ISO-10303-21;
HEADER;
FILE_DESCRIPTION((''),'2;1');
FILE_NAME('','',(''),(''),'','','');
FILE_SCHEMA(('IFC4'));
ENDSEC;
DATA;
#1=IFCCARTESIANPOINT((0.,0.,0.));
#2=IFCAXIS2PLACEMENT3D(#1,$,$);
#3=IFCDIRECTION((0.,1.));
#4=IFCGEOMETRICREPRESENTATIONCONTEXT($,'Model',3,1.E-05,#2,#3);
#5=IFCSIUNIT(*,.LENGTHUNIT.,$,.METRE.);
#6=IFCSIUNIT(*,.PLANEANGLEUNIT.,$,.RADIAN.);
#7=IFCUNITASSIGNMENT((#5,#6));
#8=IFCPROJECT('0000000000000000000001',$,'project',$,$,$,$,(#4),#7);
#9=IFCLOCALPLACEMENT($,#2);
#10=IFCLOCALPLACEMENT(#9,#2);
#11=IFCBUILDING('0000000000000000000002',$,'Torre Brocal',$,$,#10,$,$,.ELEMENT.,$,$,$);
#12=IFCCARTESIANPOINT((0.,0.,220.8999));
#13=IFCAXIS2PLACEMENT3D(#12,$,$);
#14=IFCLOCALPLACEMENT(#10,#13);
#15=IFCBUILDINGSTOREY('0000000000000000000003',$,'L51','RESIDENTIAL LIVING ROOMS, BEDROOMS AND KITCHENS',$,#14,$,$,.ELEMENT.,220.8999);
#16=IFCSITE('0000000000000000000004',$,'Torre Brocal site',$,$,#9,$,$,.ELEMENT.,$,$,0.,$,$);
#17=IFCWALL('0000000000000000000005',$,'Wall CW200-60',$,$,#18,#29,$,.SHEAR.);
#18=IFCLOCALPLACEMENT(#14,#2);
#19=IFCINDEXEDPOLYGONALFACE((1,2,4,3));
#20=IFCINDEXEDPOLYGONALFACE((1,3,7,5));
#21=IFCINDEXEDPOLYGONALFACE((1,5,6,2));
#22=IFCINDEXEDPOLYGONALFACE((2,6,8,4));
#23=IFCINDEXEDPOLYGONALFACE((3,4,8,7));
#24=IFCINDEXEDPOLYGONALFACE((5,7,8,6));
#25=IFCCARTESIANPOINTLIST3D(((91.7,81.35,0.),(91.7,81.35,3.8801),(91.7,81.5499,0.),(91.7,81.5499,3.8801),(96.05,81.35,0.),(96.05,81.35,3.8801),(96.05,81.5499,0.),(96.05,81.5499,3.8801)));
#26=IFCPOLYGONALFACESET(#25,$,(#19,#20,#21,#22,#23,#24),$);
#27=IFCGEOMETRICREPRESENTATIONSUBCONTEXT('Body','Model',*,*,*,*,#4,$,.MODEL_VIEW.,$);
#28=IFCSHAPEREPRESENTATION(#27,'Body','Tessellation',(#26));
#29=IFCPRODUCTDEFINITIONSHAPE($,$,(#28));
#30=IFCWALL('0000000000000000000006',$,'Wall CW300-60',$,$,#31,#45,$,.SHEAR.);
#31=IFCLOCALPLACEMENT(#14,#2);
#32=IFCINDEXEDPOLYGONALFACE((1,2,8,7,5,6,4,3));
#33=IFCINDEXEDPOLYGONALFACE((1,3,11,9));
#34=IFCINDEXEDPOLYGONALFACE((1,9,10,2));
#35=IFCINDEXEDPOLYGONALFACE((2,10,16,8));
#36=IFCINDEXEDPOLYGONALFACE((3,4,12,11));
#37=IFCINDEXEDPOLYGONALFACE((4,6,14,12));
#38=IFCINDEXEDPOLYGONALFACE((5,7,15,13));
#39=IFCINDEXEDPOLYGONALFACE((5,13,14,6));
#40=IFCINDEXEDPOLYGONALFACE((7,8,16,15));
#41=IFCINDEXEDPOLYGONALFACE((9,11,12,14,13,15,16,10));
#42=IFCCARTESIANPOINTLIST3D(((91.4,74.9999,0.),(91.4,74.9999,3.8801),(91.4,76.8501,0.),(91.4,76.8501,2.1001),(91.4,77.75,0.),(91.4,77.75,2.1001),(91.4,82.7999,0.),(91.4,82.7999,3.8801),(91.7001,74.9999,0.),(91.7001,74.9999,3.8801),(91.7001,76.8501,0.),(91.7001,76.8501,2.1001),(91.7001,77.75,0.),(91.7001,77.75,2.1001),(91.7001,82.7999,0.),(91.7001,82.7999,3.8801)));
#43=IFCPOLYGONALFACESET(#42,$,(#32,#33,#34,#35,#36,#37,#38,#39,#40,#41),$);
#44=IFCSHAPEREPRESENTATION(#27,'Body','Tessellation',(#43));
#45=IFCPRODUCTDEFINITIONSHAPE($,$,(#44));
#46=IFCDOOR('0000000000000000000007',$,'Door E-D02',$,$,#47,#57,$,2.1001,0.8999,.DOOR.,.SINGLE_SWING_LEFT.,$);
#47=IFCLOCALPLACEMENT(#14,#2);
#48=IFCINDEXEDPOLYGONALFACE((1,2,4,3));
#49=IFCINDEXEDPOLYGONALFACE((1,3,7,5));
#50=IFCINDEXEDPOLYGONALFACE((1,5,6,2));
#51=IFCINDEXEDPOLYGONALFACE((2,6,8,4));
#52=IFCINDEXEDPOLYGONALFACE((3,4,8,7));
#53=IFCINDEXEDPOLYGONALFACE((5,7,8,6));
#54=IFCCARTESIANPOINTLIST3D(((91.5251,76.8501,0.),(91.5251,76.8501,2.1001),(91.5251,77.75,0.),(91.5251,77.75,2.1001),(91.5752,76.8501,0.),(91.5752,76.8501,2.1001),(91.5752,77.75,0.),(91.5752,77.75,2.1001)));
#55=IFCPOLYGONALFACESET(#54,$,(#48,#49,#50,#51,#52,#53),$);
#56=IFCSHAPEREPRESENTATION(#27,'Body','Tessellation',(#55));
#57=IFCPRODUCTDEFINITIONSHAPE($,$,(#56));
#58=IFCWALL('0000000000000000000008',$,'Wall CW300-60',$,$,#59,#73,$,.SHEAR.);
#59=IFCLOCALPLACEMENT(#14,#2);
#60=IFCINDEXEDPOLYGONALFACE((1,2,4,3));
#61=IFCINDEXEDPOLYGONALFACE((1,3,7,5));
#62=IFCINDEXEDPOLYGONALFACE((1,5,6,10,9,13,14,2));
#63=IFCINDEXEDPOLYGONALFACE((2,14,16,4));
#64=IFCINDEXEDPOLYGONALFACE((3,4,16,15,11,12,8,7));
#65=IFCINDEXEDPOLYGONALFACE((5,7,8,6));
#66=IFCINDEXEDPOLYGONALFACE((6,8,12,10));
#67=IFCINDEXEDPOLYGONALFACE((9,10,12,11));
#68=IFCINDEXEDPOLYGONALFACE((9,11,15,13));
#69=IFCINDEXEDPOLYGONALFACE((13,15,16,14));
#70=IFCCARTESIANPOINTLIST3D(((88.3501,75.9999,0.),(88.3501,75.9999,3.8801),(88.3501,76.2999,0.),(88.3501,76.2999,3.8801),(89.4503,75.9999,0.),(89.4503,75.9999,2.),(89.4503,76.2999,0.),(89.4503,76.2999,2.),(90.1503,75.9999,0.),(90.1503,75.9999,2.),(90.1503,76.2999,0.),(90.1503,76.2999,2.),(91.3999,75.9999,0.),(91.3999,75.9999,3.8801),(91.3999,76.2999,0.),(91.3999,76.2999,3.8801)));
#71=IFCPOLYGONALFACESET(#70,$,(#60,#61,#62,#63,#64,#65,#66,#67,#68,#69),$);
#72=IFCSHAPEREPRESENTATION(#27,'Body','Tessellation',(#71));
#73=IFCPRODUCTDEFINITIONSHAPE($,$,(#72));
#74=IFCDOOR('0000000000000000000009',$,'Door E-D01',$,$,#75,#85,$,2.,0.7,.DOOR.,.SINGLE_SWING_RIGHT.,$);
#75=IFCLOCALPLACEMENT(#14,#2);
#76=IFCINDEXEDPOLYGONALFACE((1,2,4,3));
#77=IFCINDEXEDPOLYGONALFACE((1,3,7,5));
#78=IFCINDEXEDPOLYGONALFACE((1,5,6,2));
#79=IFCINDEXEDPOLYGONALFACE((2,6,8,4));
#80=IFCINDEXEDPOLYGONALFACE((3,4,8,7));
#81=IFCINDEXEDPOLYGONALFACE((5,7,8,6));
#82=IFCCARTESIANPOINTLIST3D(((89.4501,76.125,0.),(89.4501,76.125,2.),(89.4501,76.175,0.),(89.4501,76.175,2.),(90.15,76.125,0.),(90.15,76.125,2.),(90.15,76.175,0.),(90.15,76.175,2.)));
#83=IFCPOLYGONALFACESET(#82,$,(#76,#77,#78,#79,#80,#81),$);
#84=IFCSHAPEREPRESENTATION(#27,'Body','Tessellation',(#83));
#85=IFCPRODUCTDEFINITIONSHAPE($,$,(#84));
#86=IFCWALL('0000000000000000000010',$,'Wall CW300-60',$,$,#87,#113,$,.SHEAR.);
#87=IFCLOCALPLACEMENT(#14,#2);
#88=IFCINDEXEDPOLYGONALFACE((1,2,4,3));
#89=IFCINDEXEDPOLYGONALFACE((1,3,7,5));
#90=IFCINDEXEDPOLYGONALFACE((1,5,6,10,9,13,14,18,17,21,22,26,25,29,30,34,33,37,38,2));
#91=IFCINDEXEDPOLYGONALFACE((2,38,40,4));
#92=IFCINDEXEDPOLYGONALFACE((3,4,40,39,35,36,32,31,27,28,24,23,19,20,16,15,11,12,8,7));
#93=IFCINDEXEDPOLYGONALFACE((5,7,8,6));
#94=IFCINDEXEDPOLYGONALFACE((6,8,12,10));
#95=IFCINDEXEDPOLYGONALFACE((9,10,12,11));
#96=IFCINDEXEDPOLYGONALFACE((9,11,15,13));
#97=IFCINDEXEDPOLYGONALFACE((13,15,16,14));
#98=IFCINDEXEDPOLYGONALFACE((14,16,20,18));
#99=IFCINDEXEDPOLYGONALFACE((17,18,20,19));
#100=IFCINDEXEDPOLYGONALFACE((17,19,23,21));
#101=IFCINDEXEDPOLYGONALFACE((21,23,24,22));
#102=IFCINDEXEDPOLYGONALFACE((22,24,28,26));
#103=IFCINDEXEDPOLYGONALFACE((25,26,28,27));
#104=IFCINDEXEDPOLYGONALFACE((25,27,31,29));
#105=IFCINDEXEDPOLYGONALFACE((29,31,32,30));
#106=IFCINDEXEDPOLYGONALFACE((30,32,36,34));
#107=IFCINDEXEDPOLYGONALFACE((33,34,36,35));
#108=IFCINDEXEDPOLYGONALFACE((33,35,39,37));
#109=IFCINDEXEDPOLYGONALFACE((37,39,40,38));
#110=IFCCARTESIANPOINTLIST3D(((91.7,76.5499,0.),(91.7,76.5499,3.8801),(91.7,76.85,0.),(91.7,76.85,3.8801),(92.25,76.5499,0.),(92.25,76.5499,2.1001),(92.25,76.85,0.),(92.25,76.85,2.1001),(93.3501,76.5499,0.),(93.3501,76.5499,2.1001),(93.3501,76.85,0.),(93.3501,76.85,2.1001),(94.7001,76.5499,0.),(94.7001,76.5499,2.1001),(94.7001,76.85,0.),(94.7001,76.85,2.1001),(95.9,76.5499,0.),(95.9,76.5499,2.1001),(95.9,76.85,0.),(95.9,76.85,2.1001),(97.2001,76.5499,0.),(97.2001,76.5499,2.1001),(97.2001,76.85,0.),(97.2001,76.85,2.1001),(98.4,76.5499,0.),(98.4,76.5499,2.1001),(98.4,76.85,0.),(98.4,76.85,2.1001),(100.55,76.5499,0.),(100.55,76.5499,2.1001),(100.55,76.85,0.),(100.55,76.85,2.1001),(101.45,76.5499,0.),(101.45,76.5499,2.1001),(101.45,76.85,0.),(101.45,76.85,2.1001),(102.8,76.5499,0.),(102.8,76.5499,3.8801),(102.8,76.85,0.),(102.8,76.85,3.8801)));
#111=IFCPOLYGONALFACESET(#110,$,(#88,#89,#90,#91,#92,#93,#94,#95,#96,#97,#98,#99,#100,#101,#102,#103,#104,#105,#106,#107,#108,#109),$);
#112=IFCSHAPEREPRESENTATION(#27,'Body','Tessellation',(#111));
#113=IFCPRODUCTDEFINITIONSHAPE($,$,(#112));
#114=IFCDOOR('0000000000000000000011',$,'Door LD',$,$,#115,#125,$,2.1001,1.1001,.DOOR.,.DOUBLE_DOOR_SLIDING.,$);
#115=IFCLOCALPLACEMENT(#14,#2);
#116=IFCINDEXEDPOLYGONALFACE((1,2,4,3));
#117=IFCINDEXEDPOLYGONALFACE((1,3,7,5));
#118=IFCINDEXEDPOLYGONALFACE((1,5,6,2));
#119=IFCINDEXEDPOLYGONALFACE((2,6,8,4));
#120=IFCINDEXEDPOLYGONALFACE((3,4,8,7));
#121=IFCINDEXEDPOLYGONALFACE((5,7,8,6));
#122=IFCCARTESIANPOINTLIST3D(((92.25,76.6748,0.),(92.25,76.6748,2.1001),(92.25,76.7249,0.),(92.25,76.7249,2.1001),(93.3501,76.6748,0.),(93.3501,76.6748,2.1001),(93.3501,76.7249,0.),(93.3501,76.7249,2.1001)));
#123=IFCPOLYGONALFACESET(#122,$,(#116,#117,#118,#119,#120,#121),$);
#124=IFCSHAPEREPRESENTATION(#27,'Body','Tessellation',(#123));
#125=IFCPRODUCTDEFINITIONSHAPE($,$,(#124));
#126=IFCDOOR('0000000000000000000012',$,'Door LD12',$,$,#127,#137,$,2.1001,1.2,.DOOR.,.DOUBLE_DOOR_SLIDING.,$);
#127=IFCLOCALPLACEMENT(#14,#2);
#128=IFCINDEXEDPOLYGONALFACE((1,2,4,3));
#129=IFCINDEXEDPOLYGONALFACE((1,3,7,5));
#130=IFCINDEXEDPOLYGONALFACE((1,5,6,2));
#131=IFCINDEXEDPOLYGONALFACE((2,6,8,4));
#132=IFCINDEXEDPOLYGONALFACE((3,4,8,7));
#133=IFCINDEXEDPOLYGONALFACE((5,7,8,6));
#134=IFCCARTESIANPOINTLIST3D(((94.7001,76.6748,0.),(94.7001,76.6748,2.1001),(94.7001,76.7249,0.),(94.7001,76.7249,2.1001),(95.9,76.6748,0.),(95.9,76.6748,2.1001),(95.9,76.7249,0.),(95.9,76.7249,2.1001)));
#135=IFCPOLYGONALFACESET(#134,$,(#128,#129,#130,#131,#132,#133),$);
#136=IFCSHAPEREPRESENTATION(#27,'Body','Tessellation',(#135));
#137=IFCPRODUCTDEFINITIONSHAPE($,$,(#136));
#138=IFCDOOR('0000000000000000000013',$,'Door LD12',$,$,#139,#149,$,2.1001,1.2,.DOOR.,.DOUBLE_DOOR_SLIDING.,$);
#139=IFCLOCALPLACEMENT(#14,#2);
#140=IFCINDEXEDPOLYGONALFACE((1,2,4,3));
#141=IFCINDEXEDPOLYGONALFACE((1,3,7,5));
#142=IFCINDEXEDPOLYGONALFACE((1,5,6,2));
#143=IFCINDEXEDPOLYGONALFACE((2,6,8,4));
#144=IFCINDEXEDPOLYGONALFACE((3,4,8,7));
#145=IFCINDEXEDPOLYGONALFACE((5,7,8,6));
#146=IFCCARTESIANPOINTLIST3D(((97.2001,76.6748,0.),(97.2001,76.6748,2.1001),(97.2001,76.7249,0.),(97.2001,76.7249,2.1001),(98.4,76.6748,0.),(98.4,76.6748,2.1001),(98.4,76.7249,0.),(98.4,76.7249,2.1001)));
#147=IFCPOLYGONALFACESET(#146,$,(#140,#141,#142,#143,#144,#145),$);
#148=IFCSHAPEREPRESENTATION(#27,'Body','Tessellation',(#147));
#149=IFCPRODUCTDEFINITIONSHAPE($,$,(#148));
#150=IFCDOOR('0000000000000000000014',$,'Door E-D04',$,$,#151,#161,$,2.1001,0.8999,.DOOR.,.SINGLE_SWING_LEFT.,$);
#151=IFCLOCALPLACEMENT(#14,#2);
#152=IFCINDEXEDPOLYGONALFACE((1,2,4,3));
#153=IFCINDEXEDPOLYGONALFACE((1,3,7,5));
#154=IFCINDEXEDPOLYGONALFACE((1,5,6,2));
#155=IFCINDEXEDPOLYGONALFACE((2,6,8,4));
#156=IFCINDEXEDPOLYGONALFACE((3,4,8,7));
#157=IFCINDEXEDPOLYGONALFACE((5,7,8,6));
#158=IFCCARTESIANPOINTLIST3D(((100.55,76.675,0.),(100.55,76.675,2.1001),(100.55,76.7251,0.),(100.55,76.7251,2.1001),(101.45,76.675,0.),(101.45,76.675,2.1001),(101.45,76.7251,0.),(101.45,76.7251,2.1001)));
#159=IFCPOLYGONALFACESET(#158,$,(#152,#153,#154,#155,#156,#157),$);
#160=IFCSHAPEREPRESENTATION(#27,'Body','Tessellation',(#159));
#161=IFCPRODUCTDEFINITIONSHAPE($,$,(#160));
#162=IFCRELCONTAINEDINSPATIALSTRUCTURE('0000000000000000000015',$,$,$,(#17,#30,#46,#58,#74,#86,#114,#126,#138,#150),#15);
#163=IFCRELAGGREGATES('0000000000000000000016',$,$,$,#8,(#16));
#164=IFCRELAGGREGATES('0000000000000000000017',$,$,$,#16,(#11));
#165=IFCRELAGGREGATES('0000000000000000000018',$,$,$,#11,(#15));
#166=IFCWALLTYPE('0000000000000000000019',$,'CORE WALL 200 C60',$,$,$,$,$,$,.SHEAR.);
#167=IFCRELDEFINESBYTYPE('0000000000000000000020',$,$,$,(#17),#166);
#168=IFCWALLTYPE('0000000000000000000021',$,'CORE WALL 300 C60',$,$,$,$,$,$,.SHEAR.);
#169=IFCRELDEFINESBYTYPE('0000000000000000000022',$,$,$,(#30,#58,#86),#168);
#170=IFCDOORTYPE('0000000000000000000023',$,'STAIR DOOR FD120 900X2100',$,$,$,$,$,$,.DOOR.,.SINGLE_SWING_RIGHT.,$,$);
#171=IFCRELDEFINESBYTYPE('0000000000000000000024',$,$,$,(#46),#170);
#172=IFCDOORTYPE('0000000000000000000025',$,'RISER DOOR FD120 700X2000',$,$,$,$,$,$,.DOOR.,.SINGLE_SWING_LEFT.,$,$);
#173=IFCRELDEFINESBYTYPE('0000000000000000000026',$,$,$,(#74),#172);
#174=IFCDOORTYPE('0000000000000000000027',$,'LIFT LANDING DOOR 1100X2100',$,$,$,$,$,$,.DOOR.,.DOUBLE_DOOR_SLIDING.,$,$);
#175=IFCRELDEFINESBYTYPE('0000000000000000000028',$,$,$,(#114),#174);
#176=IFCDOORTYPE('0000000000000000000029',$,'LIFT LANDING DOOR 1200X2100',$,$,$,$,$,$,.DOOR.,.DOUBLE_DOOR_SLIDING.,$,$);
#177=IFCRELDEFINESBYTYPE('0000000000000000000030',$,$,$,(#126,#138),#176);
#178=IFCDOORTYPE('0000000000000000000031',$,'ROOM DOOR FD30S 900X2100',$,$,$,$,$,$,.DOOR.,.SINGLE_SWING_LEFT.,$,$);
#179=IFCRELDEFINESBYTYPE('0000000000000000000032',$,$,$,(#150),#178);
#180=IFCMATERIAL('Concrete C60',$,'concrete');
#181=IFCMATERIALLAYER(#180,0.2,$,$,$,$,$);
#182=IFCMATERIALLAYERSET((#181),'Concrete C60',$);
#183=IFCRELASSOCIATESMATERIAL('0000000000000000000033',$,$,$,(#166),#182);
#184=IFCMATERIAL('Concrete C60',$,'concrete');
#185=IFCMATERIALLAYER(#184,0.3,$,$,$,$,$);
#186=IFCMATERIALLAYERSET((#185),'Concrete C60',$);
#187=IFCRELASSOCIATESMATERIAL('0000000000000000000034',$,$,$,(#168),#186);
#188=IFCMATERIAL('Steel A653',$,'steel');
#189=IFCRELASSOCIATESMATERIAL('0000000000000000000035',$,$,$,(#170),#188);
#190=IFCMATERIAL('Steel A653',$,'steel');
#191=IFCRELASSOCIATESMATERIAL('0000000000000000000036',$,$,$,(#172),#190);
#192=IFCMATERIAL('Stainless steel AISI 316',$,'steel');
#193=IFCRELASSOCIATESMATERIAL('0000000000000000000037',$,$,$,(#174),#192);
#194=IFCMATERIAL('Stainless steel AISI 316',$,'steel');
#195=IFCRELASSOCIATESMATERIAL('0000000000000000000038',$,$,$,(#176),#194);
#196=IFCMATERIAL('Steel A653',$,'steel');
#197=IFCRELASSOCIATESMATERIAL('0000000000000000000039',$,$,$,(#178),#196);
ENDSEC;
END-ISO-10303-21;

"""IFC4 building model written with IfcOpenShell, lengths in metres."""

from ifc_helpers import new_model, si_unit, direction, frame, frame_2d, origin, place, context, subcontext, project, spatial, rectangle, extrude, material, layer, layer_set, type_object, element, fill, save


model = new_model("IFC4")

# Units and contexts
model_context = context("Model", 3, precision=1e-05, world=origin(), true_north=direction((0.0, 1.0)))
body_context = subcontext(model_context, "Body", "Model", "MODEL_VIEW")
ifc_project = project(units=[si_unit("LENGTHUNIT", "METRE"), si_unit("PLANEANGLEUNIT", "RADIAN")], contexts=[model_context])

# Site, building, storey
site_placement = place(None, origin())
site = spatial("IfcSite", under=ifc_project, at=site_placement, Name="Torre Brocal site", CompositionType="ELEMENT", RefElevation=0.0)
building_placement = place(site_placement, origin())
building = spatial("IfcBuilding", under=site, at=building_placement, Name="Torre Brocal", CompositionType="ELEMENT")
storey_placement = place(building_placement, frame((0.0, 0.0, 220.8999)))
storey = spatial("IfcBuildingStorey", under=building, at=storey_placement, Name="L51", Description="RESIDENTIAL LIVING ROOMS, BEDROOMS AND KITCHENS", CompositionType="ELEMENT", Elevation=220.8999)

# Wall
ifc_material_1 = material(Name="Concrete C60", Category="concrete")
ifc_layer_1 = layer(ifc_material_1, 0.2)
ifc_layer_set_1 = layer_set([ifc_layer_1], Name="Concrete C60")
wall_type_1 = type_object("IfcWallType", Name="CORE WALL 200 C60", PredefinedType="SHEAR", material=ifc_layer_set_1)
wall_1_placement = place(storey_placement, frame((91.7, 81.45, 0.0), z_axis=(0.0, 0.0, 1.0), x_axis=(1.0, 0.0, 0.0)))
element("IfcWall", 1, at=wall_1_placement, inside=storey, type_object=wall_type_1, Name="Wall CW200-60", PredefinedType="SHEAR", context=body_context, shape_type="SweptSolid", body=[
    extrude(rectangle(XDim=4.3501, YDim=0.2, at=frame_2d((2.175, 0.0))), origin(), (0.0, 0.0, 1.0), 3.8801),
])

# Walls, openings, doors
ifc_material_2 = material(Name="Concrete C60", Category="concrete")
ifc_layer_2 = layer(ifc_material_2, 0.3)
ifc_layer_set_2 = layer_set([ifc_layer_2], Name="Concrete C60")
wall_type_2 = type_object("IfcWallType", Name="CORE WALL 300 C60", PredefinedType="SHEAR", material=ifc_layer_set_2)
wall_2_placement = place(storey_placement, frame((91.55, 75.0, 0.0), z_axis=(0.0, 0.0, 1.0), x_axis=(0.0, 1.0, 0.0)))
wall_2 = element("IfcWall", 2, at=wall_2_placement, inside=storey, type_object=wall_type_2, Name="Wall CW300-60", PredefinedType="SHEAR", context=body_context, shape_type="SweptSolid", body=[
    extrude(rectangle(XDim=7.8, YDim=0.3, at=frame_2d((3.8999, 0.0))), origin(), (0.0, 0.0, 1.0), 3.8801),
])
opening_1_placement = place(wall_2_placement, frame((1.8501, 0.0, 0.0)))
opening_1 = element("IfcOpeningElement", 3, at=opening_1_placement, cuts=wall_2, PredefinedType="OPENING", context=body_context, shape_type="SweptSolid", body=[
    extrude(rectangle(XDim=0.8999, YDim=2.1001, at=frame_2d((0.45, 1.05))), frame((0.0, 0.1599, 0.0), z_axis=(0.0, -1.0, 0.0), x_axis=(1.0, 0.0, 0.0)), (0.0, 0.0, 1.0), 0.3201),
])
ifc_material_3 = material(Name="Steel A653", Category="steel")
door_type_1 = type_object("IfcDoorType", Name="STAIR DOOR FD120 900X2100", OperationType="SINGLE_SWING_RIGHT", PredefinedType="DOOR", material=ifc_material_3)
door_1_placement = place(opening_1_placement, origin())
door_1 = element("IfcDoor", 4, at=door_1_placement, inside=storey, type_object=door_type_1, Name="Door E-D02", OperationType="SINGLE_SWING_LEFT", OverallHeight=2.1001, OverallWidth=0.8999, PredefinedType="DOOR", context=body_context, shape_type="SweptSolid", body=[
    extrude(rectangle(XDim=0.8999, YDim=2.1001, at=frame_2d((0.45, 1.05))), frame((0.0, 0.0249, 0.0), z_axis=(0.0, -1.0, 0.0), x_axis=(1.0, 0.0, 0.0)), (0.0, 0.0, 1.0), 0.05),
])
fill(opening_1, door_1)
wall_3_placement = place(storey_placement, frame((88.3501, 76.1499, 0.0), z_axis=(0.0, 0.0, 1.0), x_axis=(1.0, 0.0, 0.0)))
wall_3 = element("IfcWall", 5, at=wall_3_placement, inside=storey, type_object=wall_type_2, Name="Wall CW300-60", PredefinedType="SHEAR", context=body_context, shape_type="SweptSolid", body=[
    extrude(rectangle(XDim=3.0498, YDim=0.3, at=frame_2d((1.5249, 0.0))), origin(), (0.0, 0.0, 1.0), 3.8801),
])
opening_2_placement = place(wall_3_placement, frame((1.1001, 0.0, 0.0)))
opening_2 = element("IfcOpeningElement", 6, at=opening_2_placement, cuts=wall_3, PredefinedType="OPENING", context=body_context, shape_type="SweptSolid", body=[
    extrude(rectangle(XDim=0.7, YDim=2.0, at=frame_2d((0.3501, 1.0))), frame((0.0, 0.1599, 0.0), z_axis=(0.0, -1.0, 0.0), x_axis=(1.0, 0.0, 0.0)), (0.0, 0.0, 1.0), 0.3201),
])
ifc_material_4 = material(Name="Steel A653", Category="steel")
door_type_2 = type_object("IfcDoorType", Name="RISER DOOR FD120 700X2000", OperationType="SINGLE_SWING_LEFT", PredefinedType="DOOR", material=ifc_material_4)
door_2_placement = place(opening_2_placement, frame((0.7, 0.0, 0.0), z_axis=(0.0, 0.0, 1.0), x_axis=(-1.0, 0.0, 0.0)))
door_2 = element("IfcDoor", 7, at=door_2_placement, inside=storey, type_object=door_type_2, Name="Door E-D01", OperationType="SINGLE_SWING_RIGHT", OverallHeight=2.0, OverallWidth=0.7, PredefinedType="DOOR", context=body_context, shape_type="SweptSolid", body=[
    extrude(rectangle(XDim=0.7, YDim=2.0, at=frame_2d((0.3501, 1.0))), frame((0.0, 0.0249, 0.0), z_axis=(0.0, -1.0, 0.0), x_axis=(1.0, 0.0, 0.0)), (0.0, 0.0, 1.0), 0.05),
])
fill(opening_2, door_2)

# Wall, openings, doors
wall_4_placement = place(storey_placement, frame((91.7, 76.7, 0.0), z_axis=(0.0, 0.0, 1.0), x_axis=(1.0, 0.0, 0.0)))
wall_4 = element("IfcWall", 8, at=wall_4_placement, inside=storey, type_object=wall_type_2, Name="Wall CW300-60", PredefinedType="SHEAR", context=body_context, shape_type="SweptSolid", body=[
    extrude(rectangle(XDim=11.1001, YDim=0.3, at=frame_2d((5.55, 0.0))), origin(), (0.0, 0.0, 1.0), 3.8801),
])
opening_3_placement = place(wall_4_placement, frame((0.55, 0.0, 0.0)))
opening_3 = element("IfcOpeningElement", 9, at=opening_3_placement, cuts=wall_4, PredefinedType="OPENING", context=body_context, shape_type="SweptSolid", body=[
    extrude(rectangle(XDim=1.1001, YDim=2.1001, at=frame_2d((0.55, 1.05))), frame((0.0, 0.1599, 0.0), z_axis=(0.0, -1.0, 0.0), x_axis=(1.0, 0.0, 0.0)), (0.0, 0.0, 1.0), 0.3201),
])
opening_4_placement = place(wall_4_placement, frame((3.0, 0.0, 0.0)))
opening_4 = element("IfcOpeningElement", 10, at=opening_4_placement, cuts=wall_4, PredefinedType="OPENING", context=body_context, shape_type="SweptSolid", body=[
    extrude(rectangle(XDim=1.2, YDim=2.1001, at=frame_2d((0.6001, 1.05))), frame((0.0, 0.1599, 0.0), z_axis=(0.0, -1.0, 0.0), x_axis=(1.0, 0.0, 0.0)), (0.0, 0.0, 1.0), 0.3201),
])
opening_5_placement = place(wall_4_placement, frame((5.5, 0.0, 0.0)))
opening_5 = element("IfcOpeningElement", 11, at=opening_5_placement, cuts=wall_4, PredefinedType="OPENING", context=body_context, shape_type="SweptSolid", body=[
    extrude(rectangle(XDim=1.2, YDim=2.1001, at=frame_2d((0.6001, 1.05))), frame((0.0, 0.1599, 0.0), z_axis=(0.0, -1.0, 0.0), x_axis=(1.0, 0.0, 0.0)), (0.0, 0.0, 1.0), 0.3201),
])
opening_6_placement = place(wall_4_placement, frame((8.8501, 0.0, 0.0)))
opening_6 = element("IfcOpeningElement", 12, at=opening_6_placement, cuts=wall_4, PredefinedType="OPENING", context=body_context, shape_type="SweptSolid", body=[
    extrude(rectangle(XDim=0.8999, YDim=2.1001, at=frame_2d((0.45, 1.05))), frame((0.0, 0.1599, 0.0), z_axis=(0.0, -1.0, 0.0), x_axis=(1.0, 0.0, 0.0)), (0.0, 0.0, 1.0), 0.3201),
])
ifc_material_5 = material(Name="Stainless steel AISI 316", Category="steel")
door_type_3 = type_object("IfcDoorType", Name="LIFT LANDING DOOR 1100X2100", OperationType="DOUBLE_DOOR_SLIDING", PredefinedType="DOOR", material=ifc_material_5)
door_3_placement = place(opening_3_placement, origin())
door_3 = element("IfcDoor", 13, at=door_3_placement, inside=storey, type_object=door_type_3, Name="Door LD", OperationType="DOUBLE_DOOR_SLIDING", OverallHeight=2.1001, OverallWidth=1.1001, PredefinedType="DOOR", context=body_context, shape_type="SweptSolid", body=[
    extrude(rectangle(XDim=1.1001, YDim=2.1001, at=frame_2d((0.55, 1.05))), frame((0.0, 0.0249, 0.0), z_axis=(0.0, -1.0, 0.0), x_axis=(1.0, 0.0, 0.0)), (0.0, 0.0, 1.0), 0.05),
])
fill(opening_3, door_3)
ifc_material_6 = material(Name="Stainless steel AISI 316", Category="steel")
door_type_4 = type_object("IfcDoorType", Name="LIFT LANDING DOOR 1200X2100", OperationType="DOUBLE_DOOR_SLIDING", PredefinedType="DOOR", material=ifc_material_6)
door_4_placement = place(opening_4_placement, origin())
door_4 = element("IfcDoor", 14, at=door_4_placement, inside=storey, type_object=door_type_4, Name="Door LD12", OperationType="DOUBLE_DOOR_SLIDING", OverallHeight=2.1001, OverallWidth=1.2, PredefinedType="DOOR", context=body_context, shape_type="SweptSolid", body=[
    extrude(rectangle(XDim=1.2, YDim=2.1001, at=frame_2d((0.6001, 1.05))), frame((0.0, 0.0249, 0.0), z_axis=(0.0, -1.0, 0.0), x_axis=(1.0, 0.0, 0.0)), (0.0, 0.0, 1.0), 0.05),
])
fill(opening_4, door_4)
door_5_placement = place(opening_5_placement, origin())
door_5 = element("IfcDoor", 15, at=door_5_placement, inside=storey, type_object=door_type_4, Name="Door LD12", OperationType="DOUBLE_DOOR_SLIDING", OverallHeight=2.1001, OverallWidth=1.2, PredefinedType="DOOR", context=body_context, shape_type="SweptSolid", body=[
    extrude(rectangle(XDim=1.2, YDim=2.1001, at=frame_2d((0.6001, 1.05))), frame((0.0, 0.0249, 0.0), z_axis=(0.0, -1.0, 0.0), x_axis=(1.0, 0.0, 0.0)), (0.0, 0.0, 1.0), 0.05),
])
fill(opening_5, door_5)
ifc_material_7 = material(Name="Steel A653", Category="steel")
door_type_5 = type_object("IfcDoorType", Name="ROOM DOOR FD30S 900X2100", OperationType="SINGLE_SWING_LEFT", PredefinedType="DOOR", material=ifc_material_7)
door_6_placement = place(opening_6_placement, frame((0.8999, 0.0, 0.0), z_axis=(0.0, 0.0, 1.0), x_axis=(-1.0, 0.0, 0.0)))
door_6 = element("IfcDoor", 16, at=door_6_placement, inside=storey, type_object=door_type_5, Name="Door E-D04", OperationType="SINGLE_SWING_LEFT", OverallHeight=2.1001, OverallWidth=0.8999, PredefinedType="DOOR", context=body_context, shape_type="SweptSolid", body=[
    extrude(rectangle(XDim=0.8999, YDim=2.1001, at=frame_2d((0.45, 1.05))), frame((0.0, 0.0249, 0.0), z_axis=(0.0, -1.0, 0.0), x_axis=(1.0, 0.0, 0.0)), (0.0, 0.0, 1.0), 0.05),
])
fill(opening_6, door_6)

save(model, "model.ifc")
